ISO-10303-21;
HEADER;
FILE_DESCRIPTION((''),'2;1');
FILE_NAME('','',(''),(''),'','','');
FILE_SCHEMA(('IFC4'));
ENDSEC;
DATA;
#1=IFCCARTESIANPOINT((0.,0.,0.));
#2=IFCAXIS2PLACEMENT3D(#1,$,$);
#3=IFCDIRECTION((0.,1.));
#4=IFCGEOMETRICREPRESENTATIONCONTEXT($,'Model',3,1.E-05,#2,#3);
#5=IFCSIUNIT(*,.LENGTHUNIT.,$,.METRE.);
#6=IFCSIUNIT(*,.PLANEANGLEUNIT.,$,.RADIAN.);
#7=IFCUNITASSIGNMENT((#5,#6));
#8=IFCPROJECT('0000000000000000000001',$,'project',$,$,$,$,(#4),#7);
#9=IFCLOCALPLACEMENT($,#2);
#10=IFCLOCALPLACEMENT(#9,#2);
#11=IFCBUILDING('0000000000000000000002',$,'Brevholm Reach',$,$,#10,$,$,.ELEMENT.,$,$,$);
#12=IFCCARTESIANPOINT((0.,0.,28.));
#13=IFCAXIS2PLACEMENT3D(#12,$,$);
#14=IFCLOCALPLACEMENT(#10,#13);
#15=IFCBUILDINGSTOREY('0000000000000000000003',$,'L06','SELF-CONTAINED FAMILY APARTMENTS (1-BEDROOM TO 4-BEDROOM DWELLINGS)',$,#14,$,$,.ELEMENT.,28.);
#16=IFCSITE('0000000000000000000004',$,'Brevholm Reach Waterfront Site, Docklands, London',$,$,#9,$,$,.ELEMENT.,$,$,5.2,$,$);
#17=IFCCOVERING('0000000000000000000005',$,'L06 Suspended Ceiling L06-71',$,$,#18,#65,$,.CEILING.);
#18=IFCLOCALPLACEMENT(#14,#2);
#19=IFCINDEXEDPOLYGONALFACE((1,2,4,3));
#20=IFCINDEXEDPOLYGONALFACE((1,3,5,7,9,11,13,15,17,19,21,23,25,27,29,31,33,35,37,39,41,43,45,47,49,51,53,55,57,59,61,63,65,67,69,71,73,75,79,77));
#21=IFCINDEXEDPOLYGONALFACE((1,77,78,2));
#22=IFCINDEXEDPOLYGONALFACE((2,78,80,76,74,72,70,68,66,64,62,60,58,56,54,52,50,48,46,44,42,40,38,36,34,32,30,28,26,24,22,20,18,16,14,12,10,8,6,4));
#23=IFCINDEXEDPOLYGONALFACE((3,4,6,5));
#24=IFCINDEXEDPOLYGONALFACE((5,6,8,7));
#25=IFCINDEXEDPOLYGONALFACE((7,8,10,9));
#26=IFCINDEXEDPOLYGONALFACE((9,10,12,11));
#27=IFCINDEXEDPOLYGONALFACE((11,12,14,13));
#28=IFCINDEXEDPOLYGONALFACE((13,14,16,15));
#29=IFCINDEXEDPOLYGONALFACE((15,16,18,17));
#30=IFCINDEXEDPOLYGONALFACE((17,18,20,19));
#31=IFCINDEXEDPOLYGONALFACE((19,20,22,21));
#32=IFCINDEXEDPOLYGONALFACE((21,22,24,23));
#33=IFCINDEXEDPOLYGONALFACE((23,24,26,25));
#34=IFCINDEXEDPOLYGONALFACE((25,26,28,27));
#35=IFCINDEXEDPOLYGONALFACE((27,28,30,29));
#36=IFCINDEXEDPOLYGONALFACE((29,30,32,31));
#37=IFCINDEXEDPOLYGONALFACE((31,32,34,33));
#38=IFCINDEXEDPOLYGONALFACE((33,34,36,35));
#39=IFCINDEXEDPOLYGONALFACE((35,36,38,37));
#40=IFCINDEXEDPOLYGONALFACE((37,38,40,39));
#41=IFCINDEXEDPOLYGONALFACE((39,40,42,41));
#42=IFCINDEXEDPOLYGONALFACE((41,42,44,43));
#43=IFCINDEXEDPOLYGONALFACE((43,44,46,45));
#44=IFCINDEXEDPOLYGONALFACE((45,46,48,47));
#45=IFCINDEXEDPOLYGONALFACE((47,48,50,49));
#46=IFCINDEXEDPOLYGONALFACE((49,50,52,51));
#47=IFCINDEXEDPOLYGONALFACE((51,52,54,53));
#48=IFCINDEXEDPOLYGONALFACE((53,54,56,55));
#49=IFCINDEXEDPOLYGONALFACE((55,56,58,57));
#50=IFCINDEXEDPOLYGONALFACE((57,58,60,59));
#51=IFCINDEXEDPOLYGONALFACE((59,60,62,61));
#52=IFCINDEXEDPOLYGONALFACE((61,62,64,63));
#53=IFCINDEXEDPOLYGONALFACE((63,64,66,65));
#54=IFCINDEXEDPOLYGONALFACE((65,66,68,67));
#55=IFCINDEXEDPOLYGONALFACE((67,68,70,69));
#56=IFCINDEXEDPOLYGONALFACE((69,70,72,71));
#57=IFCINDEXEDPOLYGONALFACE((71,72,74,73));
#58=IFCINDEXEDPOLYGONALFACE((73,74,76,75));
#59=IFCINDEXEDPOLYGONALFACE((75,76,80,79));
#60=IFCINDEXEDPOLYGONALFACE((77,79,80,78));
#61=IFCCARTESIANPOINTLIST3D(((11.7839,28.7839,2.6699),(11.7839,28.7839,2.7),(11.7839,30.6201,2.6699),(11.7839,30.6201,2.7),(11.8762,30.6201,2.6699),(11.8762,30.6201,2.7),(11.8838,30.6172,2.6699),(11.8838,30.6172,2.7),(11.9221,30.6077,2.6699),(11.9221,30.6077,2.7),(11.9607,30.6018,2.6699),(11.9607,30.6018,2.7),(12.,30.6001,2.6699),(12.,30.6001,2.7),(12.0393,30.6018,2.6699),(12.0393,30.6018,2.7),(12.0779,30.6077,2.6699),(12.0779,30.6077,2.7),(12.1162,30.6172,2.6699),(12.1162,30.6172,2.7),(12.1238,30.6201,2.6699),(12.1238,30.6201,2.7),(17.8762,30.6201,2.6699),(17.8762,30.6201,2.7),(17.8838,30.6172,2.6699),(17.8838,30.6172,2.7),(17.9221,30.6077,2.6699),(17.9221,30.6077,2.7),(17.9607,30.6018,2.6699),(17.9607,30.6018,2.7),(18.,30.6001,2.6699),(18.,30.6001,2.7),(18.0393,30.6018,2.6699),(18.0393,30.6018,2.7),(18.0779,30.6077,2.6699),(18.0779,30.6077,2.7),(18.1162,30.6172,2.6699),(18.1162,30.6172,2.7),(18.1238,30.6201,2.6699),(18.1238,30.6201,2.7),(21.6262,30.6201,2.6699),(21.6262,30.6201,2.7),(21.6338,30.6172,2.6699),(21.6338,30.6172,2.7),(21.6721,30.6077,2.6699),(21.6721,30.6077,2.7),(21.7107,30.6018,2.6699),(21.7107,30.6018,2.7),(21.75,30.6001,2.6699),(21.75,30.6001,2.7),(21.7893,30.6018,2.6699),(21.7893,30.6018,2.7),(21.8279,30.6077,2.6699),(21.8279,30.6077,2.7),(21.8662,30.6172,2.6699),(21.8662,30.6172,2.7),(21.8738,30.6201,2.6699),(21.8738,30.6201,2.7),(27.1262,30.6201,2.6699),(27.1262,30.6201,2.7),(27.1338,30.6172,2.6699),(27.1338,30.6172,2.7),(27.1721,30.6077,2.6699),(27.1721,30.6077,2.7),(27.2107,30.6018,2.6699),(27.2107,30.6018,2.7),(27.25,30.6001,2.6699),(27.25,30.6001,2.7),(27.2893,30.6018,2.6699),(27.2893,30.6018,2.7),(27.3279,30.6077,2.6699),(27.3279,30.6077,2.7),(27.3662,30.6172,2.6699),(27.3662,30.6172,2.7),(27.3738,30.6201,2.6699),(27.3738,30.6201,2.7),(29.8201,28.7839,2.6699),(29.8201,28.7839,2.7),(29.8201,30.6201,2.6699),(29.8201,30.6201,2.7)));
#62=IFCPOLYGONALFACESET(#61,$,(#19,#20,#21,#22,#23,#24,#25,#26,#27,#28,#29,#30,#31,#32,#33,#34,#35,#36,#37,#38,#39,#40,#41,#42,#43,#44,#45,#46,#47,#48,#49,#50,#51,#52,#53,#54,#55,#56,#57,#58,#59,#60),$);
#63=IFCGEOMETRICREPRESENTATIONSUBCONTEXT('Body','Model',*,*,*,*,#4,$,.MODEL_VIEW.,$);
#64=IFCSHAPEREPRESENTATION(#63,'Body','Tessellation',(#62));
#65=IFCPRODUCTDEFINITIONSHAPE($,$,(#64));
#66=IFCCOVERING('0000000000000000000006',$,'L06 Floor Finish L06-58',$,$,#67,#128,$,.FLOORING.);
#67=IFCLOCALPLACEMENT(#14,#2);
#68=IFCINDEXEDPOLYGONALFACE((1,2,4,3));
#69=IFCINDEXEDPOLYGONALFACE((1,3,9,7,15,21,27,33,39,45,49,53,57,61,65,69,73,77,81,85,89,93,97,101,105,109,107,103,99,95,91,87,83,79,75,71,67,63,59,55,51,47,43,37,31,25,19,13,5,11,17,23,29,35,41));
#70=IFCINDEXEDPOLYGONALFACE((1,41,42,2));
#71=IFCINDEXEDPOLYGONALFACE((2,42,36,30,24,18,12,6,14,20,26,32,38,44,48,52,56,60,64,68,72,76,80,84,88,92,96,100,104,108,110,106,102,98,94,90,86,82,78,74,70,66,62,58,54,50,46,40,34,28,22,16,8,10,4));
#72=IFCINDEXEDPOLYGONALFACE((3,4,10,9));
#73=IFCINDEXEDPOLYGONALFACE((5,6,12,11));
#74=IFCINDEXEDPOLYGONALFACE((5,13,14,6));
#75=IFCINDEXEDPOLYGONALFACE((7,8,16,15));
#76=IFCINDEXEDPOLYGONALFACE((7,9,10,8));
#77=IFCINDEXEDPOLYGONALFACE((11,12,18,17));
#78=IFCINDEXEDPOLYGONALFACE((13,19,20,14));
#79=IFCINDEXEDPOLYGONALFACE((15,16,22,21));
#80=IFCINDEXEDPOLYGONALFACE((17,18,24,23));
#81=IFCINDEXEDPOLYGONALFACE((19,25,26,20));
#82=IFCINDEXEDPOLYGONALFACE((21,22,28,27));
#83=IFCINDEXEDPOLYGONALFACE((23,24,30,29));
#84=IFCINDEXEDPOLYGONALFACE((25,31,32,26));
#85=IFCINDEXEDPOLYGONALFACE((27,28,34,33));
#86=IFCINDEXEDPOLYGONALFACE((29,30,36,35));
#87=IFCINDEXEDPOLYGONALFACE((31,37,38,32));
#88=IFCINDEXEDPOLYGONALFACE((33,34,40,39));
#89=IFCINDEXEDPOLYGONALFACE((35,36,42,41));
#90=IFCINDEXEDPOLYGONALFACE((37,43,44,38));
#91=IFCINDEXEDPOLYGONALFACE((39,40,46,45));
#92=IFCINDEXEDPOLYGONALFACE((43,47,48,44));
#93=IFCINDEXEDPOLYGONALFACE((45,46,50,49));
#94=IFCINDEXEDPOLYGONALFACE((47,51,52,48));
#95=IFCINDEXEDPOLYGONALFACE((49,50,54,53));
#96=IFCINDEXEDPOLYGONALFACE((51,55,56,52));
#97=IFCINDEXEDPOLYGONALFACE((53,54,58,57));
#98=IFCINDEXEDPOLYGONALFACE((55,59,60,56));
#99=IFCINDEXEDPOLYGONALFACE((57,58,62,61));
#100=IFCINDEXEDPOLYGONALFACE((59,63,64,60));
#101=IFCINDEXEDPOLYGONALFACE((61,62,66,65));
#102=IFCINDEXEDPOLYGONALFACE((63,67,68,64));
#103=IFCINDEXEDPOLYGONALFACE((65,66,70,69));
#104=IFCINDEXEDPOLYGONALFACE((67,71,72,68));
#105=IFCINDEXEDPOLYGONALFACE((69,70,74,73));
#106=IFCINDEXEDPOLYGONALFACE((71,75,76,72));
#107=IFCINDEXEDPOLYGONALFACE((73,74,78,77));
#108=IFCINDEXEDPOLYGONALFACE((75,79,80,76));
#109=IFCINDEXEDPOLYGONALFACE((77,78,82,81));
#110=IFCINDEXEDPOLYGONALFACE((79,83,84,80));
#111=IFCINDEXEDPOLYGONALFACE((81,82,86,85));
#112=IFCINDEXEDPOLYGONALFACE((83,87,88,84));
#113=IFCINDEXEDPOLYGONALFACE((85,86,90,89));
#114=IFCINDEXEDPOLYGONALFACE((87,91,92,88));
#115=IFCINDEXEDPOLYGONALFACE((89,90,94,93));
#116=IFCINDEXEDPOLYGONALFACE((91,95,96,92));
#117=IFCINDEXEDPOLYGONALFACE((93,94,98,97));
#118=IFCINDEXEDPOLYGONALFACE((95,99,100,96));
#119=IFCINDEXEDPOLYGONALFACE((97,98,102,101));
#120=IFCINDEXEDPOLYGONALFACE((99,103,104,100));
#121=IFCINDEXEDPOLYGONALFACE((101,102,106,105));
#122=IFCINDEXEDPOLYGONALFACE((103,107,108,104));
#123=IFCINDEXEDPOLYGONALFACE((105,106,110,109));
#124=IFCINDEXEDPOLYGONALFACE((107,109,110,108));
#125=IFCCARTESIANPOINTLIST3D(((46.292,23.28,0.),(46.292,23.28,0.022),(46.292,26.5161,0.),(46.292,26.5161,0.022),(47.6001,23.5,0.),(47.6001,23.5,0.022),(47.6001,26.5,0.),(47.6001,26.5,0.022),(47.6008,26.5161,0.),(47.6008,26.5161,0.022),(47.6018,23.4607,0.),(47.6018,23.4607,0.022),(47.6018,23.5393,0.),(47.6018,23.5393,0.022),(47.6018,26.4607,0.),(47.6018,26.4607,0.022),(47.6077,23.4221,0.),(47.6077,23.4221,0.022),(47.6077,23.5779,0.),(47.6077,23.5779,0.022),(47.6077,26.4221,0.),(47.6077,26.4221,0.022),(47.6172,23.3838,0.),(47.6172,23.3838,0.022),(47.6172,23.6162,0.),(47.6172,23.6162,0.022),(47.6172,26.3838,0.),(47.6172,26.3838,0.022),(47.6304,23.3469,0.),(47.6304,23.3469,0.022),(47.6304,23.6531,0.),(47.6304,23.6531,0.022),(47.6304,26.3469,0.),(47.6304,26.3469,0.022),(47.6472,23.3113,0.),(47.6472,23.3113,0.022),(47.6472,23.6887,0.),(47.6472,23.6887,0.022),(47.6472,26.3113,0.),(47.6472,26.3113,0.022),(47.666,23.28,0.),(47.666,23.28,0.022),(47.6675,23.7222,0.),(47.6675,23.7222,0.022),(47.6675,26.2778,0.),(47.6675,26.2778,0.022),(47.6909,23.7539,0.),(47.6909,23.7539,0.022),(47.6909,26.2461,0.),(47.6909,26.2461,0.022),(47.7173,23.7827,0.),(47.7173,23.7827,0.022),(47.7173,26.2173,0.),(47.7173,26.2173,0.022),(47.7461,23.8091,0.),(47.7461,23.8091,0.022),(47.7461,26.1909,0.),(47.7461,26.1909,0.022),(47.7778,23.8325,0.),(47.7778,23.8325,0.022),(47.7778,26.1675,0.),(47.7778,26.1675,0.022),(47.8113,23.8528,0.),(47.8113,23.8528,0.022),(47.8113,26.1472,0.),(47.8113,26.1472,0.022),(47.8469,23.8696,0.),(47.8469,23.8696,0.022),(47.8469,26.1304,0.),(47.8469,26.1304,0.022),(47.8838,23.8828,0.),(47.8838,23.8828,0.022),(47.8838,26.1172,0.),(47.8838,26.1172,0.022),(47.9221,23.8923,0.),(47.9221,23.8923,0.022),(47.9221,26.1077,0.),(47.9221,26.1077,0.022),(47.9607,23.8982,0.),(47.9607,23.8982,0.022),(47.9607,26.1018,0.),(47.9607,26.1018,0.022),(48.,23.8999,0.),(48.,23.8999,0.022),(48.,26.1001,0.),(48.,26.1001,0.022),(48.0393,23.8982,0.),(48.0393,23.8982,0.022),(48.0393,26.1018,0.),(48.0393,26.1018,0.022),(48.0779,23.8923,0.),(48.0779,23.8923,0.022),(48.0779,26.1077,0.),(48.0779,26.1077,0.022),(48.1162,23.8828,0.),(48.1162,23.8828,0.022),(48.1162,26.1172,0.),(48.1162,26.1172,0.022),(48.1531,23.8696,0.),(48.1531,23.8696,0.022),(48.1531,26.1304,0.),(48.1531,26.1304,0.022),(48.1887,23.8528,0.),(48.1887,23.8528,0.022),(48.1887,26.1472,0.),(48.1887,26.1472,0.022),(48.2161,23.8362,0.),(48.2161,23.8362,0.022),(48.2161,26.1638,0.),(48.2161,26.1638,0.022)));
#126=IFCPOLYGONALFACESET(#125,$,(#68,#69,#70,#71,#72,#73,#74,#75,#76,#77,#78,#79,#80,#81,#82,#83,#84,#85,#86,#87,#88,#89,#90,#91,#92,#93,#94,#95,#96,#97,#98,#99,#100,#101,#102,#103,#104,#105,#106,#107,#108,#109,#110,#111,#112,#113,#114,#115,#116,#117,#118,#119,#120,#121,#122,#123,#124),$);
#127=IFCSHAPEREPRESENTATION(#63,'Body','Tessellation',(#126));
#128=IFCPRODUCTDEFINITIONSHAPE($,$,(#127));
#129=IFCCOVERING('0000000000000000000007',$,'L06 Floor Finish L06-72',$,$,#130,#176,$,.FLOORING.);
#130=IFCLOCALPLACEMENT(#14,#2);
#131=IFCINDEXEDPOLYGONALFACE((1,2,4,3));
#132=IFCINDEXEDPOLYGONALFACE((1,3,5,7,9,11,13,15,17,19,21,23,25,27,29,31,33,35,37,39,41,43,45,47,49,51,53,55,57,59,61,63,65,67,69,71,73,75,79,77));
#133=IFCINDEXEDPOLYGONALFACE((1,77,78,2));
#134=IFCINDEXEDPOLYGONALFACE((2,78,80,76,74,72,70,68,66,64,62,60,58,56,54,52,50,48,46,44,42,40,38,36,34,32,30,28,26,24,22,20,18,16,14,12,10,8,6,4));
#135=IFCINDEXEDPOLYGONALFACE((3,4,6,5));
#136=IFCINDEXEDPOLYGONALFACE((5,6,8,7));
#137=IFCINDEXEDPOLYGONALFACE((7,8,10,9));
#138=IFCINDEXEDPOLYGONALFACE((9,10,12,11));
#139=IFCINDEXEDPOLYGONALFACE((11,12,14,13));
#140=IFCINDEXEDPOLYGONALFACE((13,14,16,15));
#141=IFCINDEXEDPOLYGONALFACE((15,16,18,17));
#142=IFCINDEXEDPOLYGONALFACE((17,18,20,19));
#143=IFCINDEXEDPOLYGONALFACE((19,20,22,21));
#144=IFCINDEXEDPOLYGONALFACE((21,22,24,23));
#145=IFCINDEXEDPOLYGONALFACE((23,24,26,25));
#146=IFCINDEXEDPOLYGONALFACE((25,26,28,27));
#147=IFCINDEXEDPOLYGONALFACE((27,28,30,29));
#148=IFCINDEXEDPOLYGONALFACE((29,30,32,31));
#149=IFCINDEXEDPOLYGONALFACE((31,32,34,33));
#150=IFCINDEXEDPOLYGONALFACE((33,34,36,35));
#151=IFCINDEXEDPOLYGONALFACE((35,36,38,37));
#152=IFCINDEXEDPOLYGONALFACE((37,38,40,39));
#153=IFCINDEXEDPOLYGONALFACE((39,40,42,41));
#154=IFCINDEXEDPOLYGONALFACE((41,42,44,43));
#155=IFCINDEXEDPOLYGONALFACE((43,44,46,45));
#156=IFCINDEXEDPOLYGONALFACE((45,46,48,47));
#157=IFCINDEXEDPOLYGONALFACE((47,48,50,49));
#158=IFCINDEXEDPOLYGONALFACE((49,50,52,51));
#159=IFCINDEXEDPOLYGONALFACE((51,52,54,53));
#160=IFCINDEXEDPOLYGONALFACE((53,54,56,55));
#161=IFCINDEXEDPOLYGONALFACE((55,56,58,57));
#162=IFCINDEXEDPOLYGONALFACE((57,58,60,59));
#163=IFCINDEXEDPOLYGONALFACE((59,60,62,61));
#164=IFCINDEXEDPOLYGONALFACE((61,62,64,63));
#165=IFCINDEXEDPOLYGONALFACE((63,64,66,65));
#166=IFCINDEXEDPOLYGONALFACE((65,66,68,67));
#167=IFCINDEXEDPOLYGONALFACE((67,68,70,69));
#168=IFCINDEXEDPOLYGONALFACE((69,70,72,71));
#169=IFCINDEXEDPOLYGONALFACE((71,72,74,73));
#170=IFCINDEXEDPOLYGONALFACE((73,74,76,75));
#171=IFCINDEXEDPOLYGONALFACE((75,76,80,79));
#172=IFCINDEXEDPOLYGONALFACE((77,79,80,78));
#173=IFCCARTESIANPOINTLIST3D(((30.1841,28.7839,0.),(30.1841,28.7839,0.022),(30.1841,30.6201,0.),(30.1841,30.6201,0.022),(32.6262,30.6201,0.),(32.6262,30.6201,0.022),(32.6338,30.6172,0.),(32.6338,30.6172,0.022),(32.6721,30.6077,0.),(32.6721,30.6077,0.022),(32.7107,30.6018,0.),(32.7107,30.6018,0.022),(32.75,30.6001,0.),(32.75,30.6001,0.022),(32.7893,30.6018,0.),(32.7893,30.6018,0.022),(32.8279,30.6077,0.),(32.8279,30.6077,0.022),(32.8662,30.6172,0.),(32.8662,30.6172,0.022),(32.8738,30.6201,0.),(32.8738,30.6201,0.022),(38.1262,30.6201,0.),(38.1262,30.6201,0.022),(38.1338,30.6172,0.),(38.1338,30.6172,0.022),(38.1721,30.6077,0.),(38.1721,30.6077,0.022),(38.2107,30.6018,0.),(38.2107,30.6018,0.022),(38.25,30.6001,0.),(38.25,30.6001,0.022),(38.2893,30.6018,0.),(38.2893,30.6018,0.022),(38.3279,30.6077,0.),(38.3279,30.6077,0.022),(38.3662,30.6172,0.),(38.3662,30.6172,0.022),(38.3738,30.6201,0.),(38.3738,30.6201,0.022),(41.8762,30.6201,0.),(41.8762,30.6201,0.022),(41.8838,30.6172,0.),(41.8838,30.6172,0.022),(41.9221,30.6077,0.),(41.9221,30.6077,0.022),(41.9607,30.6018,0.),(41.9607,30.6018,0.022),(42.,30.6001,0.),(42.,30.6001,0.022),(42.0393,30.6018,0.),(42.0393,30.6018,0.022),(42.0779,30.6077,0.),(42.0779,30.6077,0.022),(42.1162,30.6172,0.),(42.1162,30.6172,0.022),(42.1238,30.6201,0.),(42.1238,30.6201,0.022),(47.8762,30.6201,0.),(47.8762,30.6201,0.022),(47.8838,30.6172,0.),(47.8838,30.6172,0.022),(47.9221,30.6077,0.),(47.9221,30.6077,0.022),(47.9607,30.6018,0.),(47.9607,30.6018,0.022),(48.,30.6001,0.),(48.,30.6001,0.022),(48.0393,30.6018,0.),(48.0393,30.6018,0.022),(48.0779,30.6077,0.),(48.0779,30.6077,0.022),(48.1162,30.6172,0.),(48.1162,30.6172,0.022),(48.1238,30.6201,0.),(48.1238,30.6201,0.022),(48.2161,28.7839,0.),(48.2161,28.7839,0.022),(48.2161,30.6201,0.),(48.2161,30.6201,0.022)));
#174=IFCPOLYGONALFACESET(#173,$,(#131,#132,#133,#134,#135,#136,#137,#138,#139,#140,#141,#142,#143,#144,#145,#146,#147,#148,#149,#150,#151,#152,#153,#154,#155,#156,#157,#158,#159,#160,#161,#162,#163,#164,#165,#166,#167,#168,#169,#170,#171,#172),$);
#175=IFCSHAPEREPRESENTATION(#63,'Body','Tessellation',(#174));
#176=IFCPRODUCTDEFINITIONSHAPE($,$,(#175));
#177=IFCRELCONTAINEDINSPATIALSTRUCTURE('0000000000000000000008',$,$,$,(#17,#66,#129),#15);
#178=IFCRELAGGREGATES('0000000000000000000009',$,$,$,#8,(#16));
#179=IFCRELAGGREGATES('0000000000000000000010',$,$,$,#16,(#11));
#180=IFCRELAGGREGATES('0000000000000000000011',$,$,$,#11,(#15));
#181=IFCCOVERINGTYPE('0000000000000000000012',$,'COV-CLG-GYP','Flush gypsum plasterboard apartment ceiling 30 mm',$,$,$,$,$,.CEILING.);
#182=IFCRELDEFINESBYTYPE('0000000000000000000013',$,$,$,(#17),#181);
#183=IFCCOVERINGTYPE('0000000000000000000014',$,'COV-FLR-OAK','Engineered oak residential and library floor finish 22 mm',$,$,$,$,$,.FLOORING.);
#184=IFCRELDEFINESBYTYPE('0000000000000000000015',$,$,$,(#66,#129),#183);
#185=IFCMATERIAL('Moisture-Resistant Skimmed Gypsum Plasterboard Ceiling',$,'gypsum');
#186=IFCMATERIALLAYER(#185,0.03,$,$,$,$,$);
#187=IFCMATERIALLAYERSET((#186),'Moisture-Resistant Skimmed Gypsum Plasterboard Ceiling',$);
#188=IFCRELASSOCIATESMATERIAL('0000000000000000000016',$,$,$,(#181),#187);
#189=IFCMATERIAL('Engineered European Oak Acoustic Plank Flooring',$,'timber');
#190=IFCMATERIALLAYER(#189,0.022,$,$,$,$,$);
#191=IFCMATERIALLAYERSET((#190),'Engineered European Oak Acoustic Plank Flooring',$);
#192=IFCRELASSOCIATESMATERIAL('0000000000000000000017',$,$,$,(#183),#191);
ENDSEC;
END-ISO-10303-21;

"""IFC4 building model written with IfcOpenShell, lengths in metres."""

from ifc_helpers import new_model, si_unit, direction, frame, origin, place, context, subcontext, project, spatial, polyline, outline, extrude, material, layer, layer_set, type_object, element, save


model = new_model("IFC4")

# Units and contexts
model_context = context("Model", 3, precision=1e-05, world=origin(), true_north=direction((0.0, 1.0)))
body_context = subcontext(model_context, "Body", "Model", "MODEL_VIEW")
ifc_project = project(units=[si_unit("LENGTHUNIT", "METRE"), si_unit("PLANEANGLEUNIT", "RADIAN")], contexts=[model_context])

# Site, building, storey
site_placement = place(None, origin())
site = spatial("IfcSite", under=ifc_project, at=site_placement, Name="Brevholm Reach Waterfront Site, Docklands, London", CompositionType="ELEMENT", RefElevation=5.2)
building_placement = place(site_placement, origin())
building = spatial("IfcBuilding", under=site, at=building_placement, Name="Brevholm Reach", CompositionType="ELEMENT")
storey_placement = place(building_placement, frame((0.0, 0.0, 28.0)))
storey = spatial("IfcBuildingStorey", under=building, at=storey_placement, Name="L06", Description="SELF-CONTAINED FAMILY APARTMENTS (1-BEDROOM TO 4-BEDROOM DWELLINGS)", CompositionType="ELEMENT", Elevation=28.0)

# Coverings
ifc_material_1 = material(Name="Moisture-Resistant Skimmed Gypsum Plasterboard Ceiling", Category="gypsum")
ifc_layer_1 = layer(ifc_material_1, 0.03)
ifc_layer_set_1 = layer_set([ifc_layer_1], Name="Moisture-Resistant Skimmed Gypsum Plasterboard Ceiling")
covering_type_1 = type_object("IfcCoveringType", Name="COV-CLG-GYP", Description="Flush gypsum plasterboard apartment ceiling 30 mm", PredefinedType="CEILING", material=ifc_layer_set_1)
covering_1_placement = place(storey_placement, frame((0.0, 0.0, 2.6699)))
element("IfcCovering", 1, at=covering_1_placement, inside=storey, type_object=covering_type_1, Name="L06 Suspended Ceiling L06-71", PredefinedType="CEILING", context=body_context, shape_type="SweptSolid", body=[
    extrude(outline(polyline([(11.8762, 30.6201), (11.8838, 30.6172), (11.9221, 30.6077), (11.9607, 30.6018), (12.0, 30.6001), (12.0393, 30.6018), (12.0779, 30.6077), (12.1162, 30.6172), (12.1238, 30.6201), (17.8762, 30.6201), (17.8838, 30.6172), (17.9221, 30.6077), (17.9607, 30.6018), (18.0, 30.6001), (18.0393, 30.6018), (18.0779, 30.6077), (18.1162, 30.6172), (18.1238, 30.6201), (21.6262, 30.6201), (21.6338, 30.6172), (21.6721, 30.6077), (21.7107, 30.6018), (21.75, 30.6001), (21.7893, 30.6018), (21.8279, 30.6077), (21.8662, 30.6172), (21.8738, 30.6201), (27.1262, 30.6201), (27.1338, 30.6172), (27.1721, 30.6077), (27.2107, 30.6018), (27.25, 30.6001), (27.2893, 30.6018), (27.3279, 30.6077), (27.3662, 30.6172), (27.3738, 30.6201), (29.8201, 30.6201), (29.8201, 28.7839), (11.7839, 28.7839), (11.7839, 30.6201), (11.8762, 30.6201)])), origin(), (0.0, 0.0, 1.0), 0.03),
])
ifc_material_2 = material(Name="Engineered European Oak Acoustic Plank Flooring", Category="timber")
ifc_layer_2 = layer(ifc_material_2, 0.022)
ifc_layer_set_2 = layer_set([ifc_layer_2], Name="Engineered European Oak Acoustic Plank Flooring")
covering_type_2 = type_object("IfcCoveringType", Name="COV-FLR-OAK", Description="Engineered oak residential and library floor finish 22 mm", PredefinedType="FLOORING", material=ifc_layer_set_2)
covering_2_placement = place(storey_placement, origin())
element("IfcCovering", 2, at=covering_2_placement, inside=storey, type_object=covering_type_2, Name="L06 Floor Finish L06-58", PredefinedType="FLOORING", context=body_context, shape_type="SweptSolid", body=[
    extrude(outline(polyline([(46.292, 26.5161), (47.6008, 26.5161), (47.6001, 26.5), (47.6018, 26.4607), (47.6077, 26.4221), (47.6172, 26.3838), (47.6304, 26.3469), (47.6472, 26.3113), (47.6675, 26.2778), (47.6909, 26.2461), (47.7173, 26.2173), (47.7461, 26.1909), (47.7778, 26.1675), (47.8113, 26.1472), (47.8469, 26.1304), (47.8838, 26.1172), (47.9221, 26.1077), (47.9607, 26.1018), (48.0, 26.1001), (48.0393, 26.1018), (48.0779, 26.1077), (48.1162, 26.1172), (48.1531, 26.1304), (48.1887, 26.1472), (48.2161, 26.1638), (48.2161, 23.8362), (48.1887, 23.8528), (48.1531, 23.8696), (48.1162, 23.8828), (48.0779, 23.8923), (48.0393, 23.8982), (48.0, 23.8999), (47.9607, 23.8982), (47.9221, 23.8923), (47.8838, 23.8828), (47.8469, 23.8696), (47.8113, 23.8528), (47.7778, 23.8325), (47.7461, 23.8091), (47.7173, 23.7827), (47.6909, 23.7539), (47.6675, 23.7222), (47.6472, 23.6887), (47.6304, 23.6531), (47.6172, 23.6162), (47.6077, 23.5779), (47.6018, 23.5393), (47.6001, 23.5), (47.6018, 23.4607), (47.6077, 23.4221), (47.6172, 23.3838), (47.6304, 23.3469), (47.6472, 23.3113), (47.666, 23.28), (46.292, 23.28), (46.292, 26.5161)])), origin(), (0.0, 0.0, 1.0), 0.022),
])
covering_3_placement = place(storey_placement, origin())
element("IfcCovering", 3, at=covering_3_placement, inside=storey, type_object=covering_type_2, Name="L06 Floor Finish L06-72", PredefinedType="FLOORING", context=body_context, shape_type="SweptSolid", body=[
    extrude(outline(polyline([(32.6262, 30.6201), (32.6338, 30.6172), (32.6721, 30.6077), (32.7107, 30.6018), (32.75, 30.6001), (32.7893, 30.6018), (32.8279, 30.6077), (32.8662, 30.6172), (32.8738, 30.6201), (38.1262, 30.6201), (38.1338, 30.6172), (38.1721, 30.6077), (38.2107, 30.6018), (38.25, 30.6001), (38.2893, 30.6018), (38.3279, 30.6077), (38.3662, 30.6172), (38.3738, 30.6201), (41.8762, 30.6201), (41.8838, 30.6172), (41.9221, 30.6077), (41.9607, 30.6018), (42.0, 30.6001), (42.0393, 30.6018), (42.0779, 30.6077), (42.1162, 30.6172), (42.1238, 30.6201), (47.8762, 30.6201), (47.8838, 30.6172), (47.9221, 30.6077), (47.9607, 30.6018), (48.0, 30.6001), (48.0393, 30.6018), (48.0779, 30.6077), (48.1162, 30.6172), (48.1238, 30.6201), (48.2161, 30.6201), (48.2161, 28.7839), (30.1841, 28.7839), (30.1841, 30.6201), (32.6262, 30.6201)])), origin(), (0.0, 0.0, 1.0), 0.022),
])

save(model, "model.ifc")
